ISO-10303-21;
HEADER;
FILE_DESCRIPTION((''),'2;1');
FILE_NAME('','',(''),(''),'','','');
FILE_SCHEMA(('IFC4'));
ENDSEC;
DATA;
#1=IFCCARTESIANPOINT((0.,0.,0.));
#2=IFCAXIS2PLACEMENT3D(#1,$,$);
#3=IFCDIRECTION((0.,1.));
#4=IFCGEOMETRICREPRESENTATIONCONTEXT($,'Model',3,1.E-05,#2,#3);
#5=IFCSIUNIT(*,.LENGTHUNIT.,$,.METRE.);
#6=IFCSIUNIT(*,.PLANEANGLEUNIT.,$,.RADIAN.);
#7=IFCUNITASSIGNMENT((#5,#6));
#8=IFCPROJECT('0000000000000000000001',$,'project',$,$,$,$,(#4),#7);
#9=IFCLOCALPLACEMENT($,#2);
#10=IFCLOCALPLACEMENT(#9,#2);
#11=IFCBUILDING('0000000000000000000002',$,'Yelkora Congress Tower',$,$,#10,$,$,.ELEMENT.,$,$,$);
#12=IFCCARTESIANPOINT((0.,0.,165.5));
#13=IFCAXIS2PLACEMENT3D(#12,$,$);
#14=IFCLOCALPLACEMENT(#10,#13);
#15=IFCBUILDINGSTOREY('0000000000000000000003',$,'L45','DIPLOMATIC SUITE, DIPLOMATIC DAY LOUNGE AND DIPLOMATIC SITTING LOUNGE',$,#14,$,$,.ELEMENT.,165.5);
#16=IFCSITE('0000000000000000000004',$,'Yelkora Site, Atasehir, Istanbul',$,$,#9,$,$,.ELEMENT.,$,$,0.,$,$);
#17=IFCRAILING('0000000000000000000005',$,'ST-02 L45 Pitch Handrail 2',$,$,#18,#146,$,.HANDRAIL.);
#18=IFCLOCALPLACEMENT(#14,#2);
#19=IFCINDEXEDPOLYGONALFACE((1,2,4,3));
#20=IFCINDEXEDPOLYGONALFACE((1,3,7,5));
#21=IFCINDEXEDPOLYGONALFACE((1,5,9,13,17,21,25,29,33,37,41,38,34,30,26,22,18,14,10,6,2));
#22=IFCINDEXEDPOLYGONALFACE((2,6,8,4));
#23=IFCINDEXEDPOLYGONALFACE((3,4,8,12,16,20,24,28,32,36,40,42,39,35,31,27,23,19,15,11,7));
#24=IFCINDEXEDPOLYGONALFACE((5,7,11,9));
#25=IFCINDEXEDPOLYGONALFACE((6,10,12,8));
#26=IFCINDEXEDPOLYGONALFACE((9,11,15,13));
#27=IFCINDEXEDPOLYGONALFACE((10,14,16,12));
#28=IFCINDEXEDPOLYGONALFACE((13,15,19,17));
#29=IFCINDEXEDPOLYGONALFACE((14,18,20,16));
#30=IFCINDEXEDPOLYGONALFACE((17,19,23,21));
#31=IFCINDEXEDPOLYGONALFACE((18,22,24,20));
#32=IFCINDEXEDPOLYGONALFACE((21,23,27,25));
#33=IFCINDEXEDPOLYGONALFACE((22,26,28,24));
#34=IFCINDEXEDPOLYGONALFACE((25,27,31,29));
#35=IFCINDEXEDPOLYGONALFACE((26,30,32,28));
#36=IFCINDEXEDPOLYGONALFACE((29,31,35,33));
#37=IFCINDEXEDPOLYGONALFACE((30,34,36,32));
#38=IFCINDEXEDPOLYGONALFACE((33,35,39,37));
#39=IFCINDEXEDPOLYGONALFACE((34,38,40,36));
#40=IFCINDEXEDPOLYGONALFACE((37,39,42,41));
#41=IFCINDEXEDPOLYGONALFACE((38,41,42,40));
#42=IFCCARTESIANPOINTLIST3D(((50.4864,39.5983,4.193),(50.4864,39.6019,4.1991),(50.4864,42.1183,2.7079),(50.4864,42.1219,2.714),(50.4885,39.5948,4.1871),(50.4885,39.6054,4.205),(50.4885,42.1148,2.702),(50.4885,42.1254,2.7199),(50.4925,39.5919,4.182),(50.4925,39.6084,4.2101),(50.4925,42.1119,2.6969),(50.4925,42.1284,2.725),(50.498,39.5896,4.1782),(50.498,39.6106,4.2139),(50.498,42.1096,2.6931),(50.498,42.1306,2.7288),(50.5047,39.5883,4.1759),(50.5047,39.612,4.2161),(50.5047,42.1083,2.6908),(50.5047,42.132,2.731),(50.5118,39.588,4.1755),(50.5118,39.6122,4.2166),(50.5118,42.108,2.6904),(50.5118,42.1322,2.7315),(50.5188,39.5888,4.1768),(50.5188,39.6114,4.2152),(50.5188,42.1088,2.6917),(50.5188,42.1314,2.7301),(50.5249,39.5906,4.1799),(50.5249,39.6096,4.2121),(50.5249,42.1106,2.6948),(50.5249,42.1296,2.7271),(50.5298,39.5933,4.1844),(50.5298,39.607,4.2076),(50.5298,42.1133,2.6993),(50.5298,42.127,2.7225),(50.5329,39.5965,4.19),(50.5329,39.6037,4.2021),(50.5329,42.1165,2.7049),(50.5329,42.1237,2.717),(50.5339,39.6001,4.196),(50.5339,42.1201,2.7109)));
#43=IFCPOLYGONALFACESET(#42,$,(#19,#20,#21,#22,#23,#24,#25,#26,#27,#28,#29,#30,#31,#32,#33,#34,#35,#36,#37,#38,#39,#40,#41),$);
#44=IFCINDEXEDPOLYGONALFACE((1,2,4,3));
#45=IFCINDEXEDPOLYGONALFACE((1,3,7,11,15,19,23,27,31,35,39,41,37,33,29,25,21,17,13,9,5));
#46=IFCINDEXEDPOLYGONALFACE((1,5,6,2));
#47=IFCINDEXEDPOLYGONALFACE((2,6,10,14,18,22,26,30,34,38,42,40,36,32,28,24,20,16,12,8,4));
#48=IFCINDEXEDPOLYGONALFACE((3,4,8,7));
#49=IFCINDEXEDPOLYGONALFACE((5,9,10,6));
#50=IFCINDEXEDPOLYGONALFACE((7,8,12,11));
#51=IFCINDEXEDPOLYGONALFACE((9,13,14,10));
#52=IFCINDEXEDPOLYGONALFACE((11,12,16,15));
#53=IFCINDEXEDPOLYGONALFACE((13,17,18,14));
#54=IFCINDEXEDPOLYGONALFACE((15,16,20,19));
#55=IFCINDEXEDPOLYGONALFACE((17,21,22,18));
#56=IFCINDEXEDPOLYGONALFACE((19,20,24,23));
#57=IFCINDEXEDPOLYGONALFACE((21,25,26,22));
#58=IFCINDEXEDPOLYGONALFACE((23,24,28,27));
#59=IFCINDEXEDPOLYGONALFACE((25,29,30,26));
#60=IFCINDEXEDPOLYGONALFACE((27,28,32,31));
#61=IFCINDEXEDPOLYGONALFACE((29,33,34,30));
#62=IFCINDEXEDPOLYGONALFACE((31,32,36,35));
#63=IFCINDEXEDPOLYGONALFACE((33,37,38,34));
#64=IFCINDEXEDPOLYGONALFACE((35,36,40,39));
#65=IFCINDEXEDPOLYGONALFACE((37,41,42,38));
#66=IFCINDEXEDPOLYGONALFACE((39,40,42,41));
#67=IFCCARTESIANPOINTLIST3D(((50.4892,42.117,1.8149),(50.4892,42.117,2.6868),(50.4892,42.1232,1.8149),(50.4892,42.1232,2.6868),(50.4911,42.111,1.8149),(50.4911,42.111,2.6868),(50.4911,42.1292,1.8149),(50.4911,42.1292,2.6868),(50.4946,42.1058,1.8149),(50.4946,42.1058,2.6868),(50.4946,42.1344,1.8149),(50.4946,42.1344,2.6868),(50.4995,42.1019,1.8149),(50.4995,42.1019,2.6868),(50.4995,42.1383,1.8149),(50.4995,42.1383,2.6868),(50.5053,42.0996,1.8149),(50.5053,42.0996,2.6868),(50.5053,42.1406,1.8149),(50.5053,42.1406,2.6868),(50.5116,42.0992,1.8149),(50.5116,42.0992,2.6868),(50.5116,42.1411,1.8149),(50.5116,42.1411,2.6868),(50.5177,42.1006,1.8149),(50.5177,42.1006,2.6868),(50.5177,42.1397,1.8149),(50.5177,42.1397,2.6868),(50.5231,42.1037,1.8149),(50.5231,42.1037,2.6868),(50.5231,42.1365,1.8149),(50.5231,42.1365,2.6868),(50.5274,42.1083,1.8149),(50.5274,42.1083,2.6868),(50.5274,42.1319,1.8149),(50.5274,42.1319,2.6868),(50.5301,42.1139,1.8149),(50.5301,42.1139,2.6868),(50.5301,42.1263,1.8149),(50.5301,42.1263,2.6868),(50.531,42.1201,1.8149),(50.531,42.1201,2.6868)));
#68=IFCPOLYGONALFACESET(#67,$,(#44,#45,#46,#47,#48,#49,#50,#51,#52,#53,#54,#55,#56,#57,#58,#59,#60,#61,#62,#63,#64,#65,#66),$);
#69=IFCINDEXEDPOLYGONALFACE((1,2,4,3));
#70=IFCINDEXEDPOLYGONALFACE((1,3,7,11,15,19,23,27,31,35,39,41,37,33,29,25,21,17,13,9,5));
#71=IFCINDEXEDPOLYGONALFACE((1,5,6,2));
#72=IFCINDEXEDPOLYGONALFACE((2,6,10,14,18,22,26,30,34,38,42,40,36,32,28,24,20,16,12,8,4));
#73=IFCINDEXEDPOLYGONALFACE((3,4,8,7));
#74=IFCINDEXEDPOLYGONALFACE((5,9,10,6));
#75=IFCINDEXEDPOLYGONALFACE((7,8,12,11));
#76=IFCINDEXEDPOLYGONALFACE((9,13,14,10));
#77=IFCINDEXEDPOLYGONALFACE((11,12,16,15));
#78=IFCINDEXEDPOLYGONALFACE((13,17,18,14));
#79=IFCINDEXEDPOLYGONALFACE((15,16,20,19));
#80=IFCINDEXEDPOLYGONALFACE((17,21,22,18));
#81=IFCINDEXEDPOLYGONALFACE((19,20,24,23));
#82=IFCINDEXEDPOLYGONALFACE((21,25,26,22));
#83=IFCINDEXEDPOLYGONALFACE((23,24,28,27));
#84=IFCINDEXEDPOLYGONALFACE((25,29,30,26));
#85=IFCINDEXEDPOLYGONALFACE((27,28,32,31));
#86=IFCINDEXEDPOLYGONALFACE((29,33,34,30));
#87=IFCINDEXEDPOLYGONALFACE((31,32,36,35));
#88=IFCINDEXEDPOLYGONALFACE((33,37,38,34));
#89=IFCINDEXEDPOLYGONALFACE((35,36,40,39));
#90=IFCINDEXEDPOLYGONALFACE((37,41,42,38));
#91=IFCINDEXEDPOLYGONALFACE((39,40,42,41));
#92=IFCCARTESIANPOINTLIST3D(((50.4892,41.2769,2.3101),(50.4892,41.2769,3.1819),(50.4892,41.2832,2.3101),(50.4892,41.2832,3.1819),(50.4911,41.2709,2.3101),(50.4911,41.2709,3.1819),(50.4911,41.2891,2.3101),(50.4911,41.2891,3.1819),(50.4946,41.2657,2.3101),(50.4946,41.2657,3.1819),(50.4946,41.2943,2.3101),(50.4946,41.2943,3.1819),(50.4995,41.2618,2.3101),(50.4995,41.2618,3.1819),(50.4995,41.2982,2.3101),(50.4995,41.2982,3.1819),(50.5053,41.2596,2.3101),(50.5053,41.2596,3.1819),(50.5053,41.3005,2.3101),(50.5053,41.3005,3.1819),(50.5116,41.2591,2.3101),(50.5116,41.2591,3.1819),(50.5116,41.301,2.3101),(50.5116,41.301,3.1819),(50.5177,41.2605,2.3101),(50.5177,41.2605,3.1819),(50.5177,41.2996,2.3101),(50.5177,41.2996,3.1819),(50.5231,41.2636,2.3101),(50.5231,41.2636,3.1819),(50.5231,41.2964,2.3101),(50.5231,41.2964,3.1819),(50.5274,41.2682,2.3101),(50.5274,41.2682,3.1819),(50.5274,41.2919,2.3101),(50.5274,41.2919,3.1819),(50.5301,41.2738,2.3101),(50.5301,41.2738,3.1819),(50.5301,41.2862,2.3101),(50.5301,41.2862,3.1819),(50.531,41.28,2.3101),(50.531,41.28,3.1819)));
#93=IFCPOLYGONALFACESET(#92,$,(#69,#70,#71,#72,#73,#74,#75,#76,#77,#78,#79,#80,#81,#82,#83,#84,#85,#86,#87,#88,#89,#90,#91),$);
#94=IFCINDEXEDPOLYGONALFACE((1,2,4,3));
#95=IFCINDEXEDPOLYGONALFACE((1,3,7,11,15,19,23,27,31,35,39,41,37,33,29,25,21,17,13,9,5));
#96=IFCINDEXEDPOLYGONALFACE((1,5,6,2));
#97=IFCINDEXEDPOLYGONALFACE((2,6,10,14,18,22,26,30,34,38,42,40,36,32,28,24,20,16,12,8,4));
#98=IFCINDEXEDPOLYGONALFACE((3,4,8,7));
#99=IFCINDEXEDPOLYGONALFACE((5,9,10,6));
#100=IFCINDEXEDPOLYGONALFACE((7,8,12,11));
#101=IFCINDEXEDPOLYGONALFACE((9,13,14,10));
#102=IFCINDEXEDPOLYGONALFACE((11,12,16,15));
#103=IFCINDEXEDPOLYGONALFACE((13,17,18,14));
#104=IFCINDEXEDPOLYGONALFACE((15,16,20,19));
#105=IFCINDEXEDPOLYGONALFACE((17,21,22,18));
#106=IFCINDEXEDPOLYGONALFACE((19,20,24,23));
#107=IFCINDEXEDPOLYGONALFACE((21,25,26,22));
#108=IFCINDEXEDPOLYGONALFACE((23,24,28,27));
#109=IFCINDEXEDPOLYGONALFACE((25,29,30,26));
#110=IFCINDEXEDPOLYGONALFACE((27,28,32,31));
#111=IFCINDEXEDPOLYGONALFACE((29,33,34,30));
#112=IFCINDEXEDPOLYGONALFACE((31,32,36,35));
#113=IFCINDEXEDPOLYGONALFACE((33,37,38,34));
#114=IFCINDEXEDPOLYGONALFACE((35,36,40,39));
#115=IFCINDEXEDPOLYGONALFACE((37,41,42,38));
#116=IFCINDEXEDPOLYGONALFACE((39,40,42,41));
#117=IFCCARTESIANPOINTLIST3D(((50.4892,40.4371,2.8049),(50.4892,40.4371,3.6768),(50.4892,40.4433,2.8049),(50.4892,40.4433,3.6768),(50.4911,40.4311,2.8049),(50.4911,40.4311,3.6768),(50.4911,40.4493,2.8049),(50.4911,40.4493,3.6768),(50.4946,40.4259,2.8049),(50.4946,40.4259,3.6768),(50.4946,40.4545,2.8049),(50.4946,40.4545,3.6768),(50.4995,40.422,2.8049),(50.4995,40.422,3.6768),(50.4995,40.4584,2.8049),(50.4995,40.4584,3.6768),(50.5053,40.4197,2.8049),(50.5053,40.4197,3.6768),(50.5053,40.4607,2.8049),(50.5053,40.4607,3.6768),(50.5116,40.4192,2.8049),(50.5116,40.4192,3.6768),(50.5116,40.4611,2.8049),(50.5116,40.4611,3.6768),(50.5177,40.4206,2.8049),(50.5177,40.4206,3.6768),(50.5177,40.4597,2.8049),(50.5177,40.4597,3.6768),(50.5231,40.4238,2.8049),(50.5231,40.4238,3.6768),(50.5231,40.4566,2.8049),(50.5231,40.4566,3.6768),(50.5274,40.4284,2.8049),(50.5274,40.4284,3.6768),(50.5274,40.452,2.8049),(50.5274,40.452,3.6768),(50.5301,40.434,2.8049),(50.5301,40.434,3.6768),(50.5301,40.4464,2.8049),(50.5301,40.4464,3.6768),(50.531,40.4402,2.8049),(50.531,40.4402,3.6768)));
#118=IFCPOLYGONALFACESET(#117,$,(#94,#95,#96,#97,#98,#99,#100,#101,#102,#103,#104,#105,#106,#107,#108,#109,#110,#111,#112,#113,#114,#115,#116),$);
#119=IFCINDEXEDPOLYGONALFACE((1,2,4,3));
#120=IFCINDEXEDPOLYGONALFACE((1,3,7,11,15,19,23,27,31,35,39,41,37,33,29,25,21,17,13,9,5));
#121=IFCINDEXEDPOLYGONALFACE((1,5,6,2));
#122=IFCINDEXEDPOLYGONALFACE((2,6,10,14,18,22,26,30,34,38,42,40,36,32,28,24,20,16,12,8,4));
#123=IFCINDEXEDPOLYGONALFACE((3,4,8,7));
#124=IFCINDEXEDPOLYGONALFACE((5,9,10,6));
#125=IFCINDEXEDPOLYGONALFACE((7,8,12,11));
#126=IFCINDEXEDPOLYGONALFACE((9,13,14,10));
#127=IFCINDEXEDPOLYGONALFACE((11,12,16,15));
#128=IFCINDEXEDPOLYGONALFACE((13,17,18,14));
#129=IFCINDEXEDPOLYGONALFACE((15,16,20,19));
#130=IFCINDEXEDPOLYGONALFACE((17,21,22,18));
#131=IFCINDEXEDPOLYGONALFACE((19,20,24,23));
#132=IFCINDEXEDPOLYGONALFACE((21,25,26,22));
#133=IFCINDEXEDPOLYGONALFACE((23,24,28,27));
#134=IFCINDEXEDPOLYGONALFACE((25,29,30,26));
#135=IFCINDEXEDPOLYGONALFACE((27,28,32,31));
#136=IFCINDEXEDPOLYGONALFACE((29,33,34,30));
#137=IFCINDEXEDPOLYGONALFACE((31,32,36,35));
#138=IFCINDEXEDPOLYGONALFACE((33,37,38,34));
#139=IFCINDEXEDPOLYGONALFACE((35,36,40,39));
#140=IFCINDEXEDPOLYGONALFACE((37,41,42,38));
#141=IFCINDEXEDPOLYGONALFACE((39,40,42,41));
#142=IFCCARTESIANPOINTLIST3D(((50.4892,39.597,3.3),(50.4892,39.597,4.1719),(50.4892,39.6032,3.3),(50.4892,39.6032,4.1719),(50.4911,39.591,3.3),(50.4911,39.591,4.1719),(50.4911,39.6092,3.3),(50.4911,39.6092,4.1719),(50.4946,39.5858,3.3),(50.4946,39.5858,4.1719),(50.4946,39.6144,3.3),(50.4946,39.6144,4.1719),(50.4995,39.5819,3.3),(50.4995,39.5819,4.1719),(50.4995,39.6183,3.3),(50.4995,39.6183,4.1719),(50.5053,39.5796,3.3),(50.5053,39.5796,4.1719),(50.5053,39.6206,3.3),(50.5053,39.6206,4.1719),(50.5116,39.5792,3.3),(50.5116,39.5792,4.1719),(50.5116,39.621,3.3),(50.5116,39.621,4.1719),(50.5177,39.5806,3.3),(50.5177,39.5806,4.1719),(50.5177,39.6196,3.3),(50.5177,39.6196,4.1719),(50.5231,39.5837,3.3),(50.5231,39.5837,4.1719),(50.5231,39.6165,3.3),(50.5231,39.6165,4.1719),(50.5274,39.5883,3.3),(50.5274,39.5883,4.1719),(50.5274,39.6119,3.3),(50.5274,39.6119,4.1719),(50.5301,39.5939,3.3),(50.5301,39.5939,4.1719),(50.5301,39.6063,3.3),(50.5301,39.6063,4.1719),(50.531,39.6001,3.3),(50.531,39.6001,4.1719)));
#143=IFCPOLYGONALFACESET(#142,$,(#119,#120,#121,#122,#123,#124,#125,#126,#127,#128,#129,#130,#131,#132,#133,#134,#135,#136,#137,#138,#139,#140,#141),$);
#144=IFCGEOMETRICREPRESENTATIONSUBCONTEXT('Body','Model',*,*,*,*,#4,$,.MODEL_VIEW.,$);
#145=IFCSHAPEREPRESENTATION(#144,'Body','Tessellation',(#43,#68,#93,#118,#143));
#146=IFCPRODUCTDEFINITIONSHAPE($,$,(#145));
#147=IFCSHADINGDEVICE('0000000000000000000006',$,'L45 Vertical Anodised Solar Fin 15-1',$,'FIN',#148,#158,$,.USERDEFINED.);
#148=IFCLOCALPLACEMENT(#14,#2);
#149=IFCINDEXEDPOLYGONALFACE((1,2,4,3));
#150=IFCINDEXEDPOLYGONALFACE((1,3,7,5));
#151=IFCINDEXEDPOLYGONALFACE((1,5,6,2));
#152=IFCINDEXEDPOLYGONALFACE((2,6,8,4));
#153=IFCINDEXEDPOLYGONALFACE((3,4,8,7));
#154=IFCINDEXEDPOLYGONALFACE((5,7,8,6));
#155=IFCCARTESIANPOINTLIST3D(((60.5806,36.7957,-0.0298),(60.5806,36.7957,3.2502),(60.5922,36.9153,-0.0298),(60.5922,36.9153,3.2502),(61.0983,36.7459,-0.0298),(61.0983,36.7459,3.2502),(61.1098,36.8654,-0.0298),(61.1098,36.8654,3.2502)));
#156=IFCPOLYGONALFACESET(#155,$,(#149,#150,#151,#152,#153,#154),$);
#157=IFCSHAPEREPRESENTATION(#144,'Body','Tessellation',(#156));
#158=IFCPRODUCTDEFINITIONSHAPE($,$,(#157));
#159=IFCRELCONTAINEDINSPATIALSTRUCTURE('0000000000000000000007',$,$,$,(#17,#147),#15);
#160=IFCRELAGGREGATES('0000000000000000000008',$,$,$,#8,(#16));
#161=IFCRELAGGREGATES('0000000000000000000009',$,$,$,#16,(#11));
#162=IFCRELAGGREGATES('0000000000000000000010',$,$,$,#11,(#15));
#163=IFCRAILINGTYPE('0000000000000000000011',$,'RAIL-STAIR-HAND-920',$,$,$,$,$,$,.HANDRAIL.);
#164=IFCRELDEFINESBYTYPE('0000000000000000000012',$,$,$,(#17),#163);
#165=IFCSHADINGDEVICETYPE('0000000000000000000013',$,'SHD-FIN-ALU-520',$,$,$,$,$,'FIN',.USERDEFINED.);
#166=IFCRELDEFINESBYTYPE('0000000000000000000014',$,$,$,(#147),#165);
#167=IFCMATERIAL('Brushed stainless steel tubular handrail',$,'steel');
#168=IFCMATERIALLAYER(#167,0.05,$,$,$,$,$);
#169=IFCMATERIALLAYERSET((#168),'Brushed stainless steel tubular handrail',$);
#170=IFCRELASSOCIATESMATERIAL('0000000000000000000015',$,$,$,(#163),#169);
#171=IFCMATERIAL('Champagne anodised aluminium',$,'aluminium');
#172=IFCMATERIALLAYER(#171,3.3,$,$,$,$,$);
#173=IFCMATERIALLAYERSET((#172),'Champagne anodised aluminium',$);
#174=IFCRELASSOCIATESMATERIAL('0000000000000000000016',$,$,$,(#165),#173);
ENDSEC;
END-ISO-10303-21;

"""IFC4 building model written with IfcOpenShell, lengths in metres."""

from ifc_helpers import new_model, si_unit, direction, frame, origin, origin_2d, place, context, subcontext, project, spatial, rectangle, circle, extrude, material, layer, layer_set, type_object, element, save


model = new_model("IFC4")

# Units and contexts
model_context = context("Model", 3, precision=1e-05, world=origin(), true_north=direction((0.0, 1.0)))
body_context = subcontext(model_context, "Body", "Model", "MODEL_VIEW")
ifc_project = project(units=[si_unit("LENGTHUNIT", "METRE"), si_unit("PLANEANGLEUNIT", "RADIAN")], contexts=[model_context])

# Site, building, storey
site_placement = place(None, origin())
site = spatial("IfcSite", under=ifc_project, at=site_placement, Name="Yelkora Site, Atasehir, Istanbul", CompositionType="ELEMENT", RefElevation=0.0)
building_placement = place(site_placement, origin())
building = spatial("IfcBuilding", under=site, at=building_placement, Name="Yelkora Congress Tower", CompositionType="ELEMENT")
storey_placement = place(building_placement, frame((0.0, 0.0, 165.5)))
storey = spatial("IfcBuildingStorey", under=building, at=storey_placement, Name="L45", Description="DIPLOMATIC SUITE, DIPLOMATIC DAY LOUNGE AND DIPLOMATIC SITTING LOUNGE", CompositionType="ELEMENT", Elevation=165.5)

# Railing
ifc_material_1 = material(Name="Brushed stainless steel tubular handrail", Category="steel")
ifc_layer_1 = layer(ifc_material_1, 0.05)
ifc_layer_set_1 = layer_set([ifc_layer_1], Name="Brushed stainless steel tubular handrail")
railing_type_1 = type_object("IfcRailingType", Name="RAIL-STAIR-HAND-920", PredefinedType="HANDRAIL", material=ifc_layer_set_1)
railing_1_placement = place(storey_placement, frame((50.51, 42.1201, 1.8149)))
element("IfcRailing", 1, at=railing_1_placement, inside=storey, type_object=railing_type_1, Name="ST-02 L45 Pitch Handrail 2", PredefinedType="HANDRAIL", context=body_context, shape_type="SweptSolid", body=[
    extrude(circle(Radius=0.0239, at=origin_2d()), frame((0.0, 0.0, 0.896), z_axis=(0.0, -0.861524, 0.507717), x_axis=(1.0, 0.0, 0.0)), (0.0, 0.0, 1.0), 2.925),
    extrude(circle(Radius=0.021, at=origin_2d()), origin(), (0.0, 0.0, 1.0), 0.8718),
    extrude(circle(Radius=0.021, at=origin_2d()), frame((0.0, -0.8401, 0.4951)), (0.0, 0.0, 1.0), 0.8718),
    extrude(circle(Radius=0.021, at=origin_2d()), frame((0.0, -1.6799, 0.99)), (0.0, 0.0, 1.0), 0.8718),
    extrude(circle(Radius=0.021, at=origin_2d()), frame((0.0, -2.52, 1.4851)), (0.0, 0.0, 1.0), 0.8718),
])

# Shading device
ifc_material_2 = material(Name="Champagne anodised aluminium", Category="aluminium")
ifc_layer_2 = layer(ifc_material_2, 3.3)
ifc_layer_set_2 = layer_set([ifc_layer_2], Name="Champagne anodised aluminium")
shading_device_type = type_object("IfcShadingDeviceType", Name="SHD-FIN-ALU-520", ElementType="FIN", PredefinedType="USERDEFINED", material=ifc_layer_set_2)
shading_device_placement = place(storey_placement, frame((60.8452, 36.8306, -0.0298), z_axis=(0.0, 0.0, 1.0), x_axis=(-0.095846, -0.995396, 0.0)))
element("IfcShadingDevice", 2, at=shading_device_placement, inside=storey, type_object=shading_device_type, Name="L45 Vertical Anodised Solar Fin 15-1", ObjectType="FIN", PredefinedType="USERDEFINED", context=body_context, shape_type="SweptSolid", body=[
    extrude(rectangle(XDim=0.1201, YDim=0.52, at=origin_2d()), origin(), (0.0, 0.0, 1.0), 3.28),
])

save(model, "model.ifc")
